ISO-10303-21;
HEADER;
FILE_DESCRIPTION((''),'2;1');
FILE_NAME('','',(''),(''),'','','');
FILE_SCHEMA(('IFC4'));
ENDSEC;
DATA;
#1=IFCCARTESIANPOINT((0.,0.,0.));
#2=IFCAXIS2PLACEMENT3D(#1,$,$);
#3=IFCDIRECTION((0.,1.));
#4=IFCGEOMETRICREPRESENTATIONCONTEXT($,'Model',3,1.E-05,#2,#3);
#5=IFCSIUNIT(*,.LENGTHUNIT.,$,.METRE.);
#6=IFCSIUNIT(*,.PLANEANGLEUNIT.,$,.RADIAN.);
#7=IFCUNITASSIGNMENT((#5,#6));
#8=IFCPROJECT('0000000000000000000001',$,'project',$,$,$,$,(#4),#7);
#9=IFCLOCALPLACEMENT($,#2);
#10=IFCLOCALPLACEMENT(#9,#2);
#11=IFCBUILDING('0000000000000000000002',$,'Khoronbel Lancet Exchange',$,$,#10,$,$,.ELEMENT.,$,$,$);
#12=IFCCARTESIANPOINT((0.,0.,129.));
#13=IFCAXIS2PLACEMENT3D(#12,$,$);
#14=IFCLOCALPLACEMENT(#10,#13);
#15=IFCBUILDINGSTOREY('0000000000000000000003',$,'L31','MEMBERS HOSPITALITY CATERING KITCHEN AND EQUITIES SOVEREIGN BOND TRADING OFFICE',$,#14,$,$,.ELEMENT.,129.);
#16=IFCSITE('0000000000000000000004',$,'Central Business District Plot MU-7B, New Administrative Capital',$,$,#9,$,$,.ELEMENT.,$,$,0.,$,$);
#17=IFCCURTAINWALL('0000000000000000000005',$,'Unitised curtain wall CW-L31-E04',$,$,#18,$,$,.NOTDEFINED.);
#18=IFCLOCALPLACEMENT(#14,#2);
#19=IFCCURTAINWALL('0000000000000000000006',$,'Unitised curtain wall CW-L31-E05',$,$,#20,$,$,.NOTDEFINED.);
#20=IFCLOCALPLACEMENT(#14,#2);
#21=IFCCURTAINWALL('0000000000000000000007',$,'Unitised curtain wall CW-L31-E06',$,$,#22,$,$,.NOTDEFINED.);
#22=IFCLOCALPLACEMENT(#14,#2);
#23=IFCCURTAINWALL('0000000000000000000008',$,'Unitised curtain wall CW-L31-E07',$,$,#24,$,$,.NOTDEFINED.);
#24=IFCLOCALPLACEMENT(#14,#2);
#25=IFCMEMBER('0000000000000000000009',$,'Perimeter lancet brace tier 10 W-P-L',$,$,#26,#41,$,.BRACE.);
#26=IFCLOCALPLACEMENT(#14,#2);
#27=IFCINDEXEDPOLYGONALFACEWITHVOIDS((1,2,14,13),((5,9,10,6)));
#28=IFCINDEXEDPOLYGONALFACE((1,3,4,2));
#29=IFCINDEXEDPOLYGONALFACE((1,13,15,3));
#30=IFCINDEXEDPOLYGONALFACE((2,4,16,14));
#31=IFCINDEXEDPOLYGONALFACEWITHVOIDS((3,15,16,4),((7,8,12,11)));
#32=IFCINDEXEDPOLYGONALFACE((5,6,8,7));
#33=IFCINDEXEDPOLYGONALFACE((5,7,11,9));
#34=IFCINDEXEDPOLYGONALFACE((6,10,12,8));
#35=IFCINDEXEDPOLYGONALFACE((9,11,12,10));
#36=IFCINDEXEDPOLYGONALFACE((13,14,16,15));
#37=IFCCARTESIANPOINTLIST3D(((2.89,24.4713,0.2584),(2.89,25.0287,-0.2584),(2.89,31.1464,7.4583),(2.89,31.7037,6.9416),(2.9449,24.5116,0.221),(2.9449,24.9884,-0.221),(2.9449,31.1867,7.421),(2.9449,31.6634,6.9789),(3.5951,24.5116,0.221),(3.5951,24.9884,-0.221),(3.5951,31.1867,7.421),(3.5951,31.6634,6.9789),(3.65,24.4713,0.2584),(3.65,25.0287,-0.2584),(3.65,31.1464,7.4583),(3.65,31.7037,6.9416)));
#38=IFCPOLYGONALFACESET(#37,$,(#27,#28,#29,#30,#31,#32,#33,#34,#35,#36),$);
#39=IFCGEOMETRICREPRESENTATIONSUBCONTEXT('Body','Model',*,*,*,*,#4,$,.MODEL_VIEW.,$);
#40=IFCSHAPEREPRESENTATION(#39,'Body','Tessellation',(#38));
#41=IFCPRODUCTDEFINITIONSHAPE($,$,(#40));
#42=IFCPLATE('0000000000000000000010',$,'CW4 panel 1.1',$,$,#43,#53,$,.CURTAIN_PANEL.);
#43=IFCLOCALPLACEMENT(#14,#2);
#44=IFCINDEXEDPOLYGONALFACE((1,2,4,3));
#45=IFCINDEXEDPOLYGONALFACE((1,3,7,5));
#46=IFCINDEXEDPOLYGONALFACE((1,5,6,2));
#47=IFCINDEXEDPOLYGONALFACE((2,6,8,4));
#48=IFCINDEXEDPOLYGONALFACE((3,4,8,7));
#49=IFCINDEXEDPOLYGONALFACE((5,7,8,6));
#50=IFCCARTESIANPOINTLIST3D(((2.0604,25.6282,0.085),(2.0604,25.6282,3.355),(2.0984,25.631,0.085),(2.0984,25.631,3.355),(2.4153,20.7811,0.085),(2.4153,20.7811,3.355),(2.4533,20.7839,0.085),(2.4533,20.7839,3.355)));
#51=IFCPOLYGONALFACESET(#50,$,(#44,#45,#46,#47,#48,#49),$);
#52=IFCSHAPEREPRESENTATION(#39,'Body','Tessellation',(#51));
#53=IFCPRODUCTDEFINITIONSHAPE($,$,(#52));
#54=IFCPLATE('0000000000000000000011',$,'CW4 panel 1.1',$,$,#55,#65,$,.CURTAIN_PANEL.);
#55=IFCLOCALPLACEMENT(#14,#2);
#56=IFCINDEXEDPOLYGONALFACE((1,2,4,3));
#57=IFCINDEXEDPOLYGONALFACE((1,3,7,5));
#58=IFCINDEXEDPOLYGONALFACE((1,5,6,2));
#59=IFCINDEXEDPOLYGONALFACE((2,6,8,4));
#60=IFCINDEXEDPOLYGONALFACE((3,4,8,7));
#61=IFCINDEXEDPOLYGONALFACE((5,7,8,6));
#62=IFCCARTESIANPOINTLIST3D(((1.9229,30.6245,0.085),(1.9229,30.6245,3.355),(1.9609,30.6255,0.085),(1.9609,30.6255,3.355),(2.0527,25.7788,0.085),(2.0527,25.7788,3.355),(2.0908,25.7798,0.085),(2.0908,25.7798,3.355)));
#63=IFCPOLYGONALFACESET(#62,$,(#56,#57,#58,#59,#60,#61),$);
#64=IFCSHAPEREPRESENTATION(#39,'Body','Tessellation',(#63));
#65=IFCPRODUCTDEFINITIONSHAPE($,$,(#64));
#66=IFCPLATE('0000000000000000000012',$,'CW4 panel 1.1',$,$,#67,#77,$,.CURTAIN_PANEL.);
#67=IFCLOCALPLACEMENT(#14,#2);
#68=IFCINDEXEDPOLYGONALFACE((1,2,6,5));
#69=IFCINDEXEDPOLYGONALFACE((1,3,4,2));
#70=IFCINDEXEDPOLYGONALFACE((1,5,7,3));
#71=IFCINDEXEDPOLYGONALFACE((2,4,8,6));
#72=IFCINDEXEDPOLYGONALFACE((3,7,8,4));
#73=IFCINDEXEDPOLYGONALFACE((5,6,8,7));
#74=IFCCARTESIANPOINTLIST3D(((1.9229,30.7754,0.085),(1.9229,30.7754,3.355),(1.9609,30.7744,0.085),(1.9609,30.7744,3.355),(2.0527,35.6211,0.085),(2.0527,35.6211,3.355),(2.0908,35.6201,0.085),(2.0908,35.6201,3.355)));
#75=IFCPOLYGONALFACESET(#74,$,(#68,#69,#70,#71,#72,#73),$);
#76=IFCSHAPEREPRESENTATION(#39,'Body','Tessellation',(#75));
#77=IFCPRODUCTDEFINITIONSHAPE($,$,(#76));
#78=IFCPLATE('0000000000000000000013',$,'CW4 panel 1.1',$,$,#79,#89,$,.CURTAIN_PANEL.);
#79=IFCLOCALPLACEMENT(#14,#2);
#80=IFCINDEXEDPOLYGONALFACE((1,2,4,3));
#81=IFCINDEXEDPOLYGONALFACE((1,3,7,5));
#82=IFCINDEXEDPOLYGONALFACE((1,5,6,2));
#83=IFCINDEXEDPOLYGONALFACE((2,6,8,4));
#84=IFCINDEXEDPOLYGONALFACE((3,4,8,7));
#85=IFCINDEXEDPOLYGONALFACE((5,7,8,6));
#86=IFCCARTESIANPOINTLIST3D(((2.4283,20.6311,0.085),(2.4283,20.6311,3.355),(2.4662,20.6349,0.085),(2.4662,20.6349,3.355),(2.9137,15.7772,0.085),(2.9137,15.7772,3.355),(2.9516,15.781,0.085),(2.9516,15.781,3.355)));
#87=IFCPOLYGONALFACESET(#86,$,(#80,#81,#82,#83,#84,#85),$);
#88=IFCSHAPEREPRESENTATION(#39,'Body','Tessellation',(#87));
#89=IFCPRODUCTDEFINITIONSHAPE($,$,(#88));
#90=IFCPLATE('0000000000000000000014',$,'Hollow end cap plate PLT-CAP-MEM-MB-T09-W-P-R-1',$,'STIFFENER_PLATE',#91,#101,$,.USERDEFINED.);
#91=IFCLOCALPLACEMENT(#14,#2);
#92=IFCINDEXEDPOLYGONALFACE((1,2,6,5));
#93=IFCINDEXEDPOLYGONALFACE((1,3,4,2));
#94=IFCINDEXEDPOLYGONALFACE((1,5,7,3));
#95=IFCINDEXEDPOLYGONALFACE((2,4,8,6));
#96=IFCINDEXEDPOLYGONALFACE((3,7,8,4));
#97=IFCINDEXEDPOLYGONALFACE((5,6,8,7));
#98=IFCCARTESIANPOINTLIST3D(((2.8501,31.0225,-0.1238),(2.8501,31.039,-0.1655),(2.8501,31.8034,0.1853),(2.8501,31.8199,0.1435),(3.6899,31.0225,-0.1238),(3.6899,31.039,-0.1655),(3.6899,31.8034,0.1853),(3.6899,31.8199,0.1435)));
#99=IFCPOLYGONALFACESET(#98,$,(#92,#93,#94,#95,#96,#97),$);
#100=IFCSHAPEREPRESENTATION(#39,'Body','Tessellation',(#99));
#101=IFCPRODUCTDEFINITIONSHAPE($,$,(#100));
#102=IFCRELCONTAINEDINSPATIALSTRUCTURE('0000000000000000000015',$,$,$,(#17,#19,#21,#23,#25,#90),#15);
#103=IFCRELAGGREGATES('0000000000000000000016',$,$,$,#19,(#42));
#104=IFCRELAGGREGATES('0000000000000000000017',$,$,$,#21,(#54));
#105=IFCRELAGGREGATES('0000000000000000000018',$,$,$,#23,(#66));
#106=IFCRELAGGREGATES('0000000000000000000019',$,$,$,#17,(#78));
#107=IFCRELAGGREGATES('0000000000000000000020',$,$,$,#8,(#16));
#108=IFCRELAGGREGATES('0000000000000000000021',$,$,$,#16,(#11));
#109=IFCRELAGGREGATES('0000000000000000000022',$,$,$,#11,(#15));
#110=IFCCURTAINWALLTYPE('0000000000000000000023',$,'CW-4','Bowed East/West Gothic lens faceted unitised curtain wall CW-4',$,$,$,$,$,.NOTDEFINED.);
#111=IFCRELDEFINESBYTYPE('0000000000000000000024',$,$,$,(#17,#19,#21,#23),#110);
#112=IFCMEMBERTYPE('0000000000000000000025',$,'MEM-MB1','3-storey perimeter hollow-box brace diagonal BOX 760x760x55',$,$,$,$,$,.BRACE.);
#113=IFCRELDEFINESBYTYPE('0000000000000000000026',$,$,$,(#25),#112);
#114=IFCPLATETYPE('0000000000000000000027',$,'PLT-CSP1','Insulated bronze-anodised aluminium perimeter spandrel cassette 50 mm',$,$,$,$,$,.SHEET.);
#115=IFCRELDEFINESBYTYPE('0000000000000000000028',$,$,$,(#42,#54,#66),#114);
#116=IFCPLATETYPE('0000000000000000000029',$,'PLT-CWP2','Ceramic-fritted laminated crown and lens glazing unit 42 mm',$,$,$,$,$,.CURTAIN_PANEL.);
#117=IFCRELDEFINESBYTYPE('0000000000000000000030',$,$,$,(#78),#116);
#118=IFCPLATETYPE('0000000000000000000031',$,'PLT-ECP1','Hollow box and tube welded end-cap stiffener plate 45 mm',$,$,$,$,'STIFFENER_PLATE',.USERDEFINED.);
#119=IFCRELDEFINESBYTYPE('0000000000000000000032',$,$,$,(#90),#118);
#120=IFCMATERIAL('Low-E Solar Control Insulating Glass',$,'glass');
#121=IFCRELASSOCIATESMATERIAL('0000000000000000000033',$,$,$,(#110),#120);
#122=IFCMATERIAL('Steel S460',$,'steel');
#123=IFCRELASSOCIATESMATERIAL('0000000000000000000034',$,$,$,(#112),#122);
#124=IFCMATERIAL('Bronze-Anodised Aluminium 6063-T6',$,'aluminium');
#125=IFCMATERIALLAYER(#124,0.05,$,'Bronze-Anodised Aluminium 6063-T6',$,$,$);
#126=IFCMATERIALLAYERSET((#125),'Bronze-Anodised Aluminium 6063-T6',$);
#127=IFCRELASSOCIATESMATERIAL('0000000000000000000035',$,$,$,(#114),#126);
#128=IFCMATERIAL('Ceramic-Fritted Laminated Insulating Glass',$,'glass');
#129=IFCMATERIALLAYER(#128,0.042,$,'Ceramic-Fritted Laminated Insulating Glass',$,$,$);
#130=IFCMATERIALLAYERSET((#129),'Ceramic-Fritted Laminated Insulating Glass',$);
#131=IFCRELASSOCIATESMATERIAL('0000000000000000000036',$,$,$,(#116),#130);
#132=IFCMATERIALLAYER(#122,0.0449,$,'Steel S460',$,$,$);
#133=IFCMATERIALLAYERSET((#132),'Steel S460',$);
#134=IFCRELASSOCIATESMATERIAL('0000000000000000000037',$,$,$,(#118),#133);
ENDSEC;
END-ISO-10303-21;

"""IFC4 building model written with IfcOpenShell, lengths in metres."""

from ifc_helpers import new_model, si_unit, direction, frame, origin, origin_2d, place, context, subcontext, project, spatial, polyline, rectangle, hollow_rectangle, outline, extrude, material, layer, layer_set, material_profile, profile_set, type_object, element, aggregate, save


model = new_model("IFC4")

# Units and contexts
model_context = context("Model", 3, precision=1e-05, world=origin(), true_north=direction((0.0, 1.0)))
body_context = subcontext(model_context, "Body", "Model", "MODEL_VIEW")
ifc_project = project(units=[si_unit("LENGTHUNIT", "METRE"), si_unit("PLANEANGLEUNIT", "RADIAN")], contexts=[model_context])

# Site, building, storey
site_placement = place(None, origin())
site = spatial("IfcSite", under=ifc_project, at=site_placement, Name="Central Business District Plot MU-7B, New Administrative Capital", CompositionType="ELEMENT", RefElevation=0.0)
building_placement = place(site_placement, origin())
building = spatial("IfcBuilding", under=site, at=building_placement, Name="Khoronbel Lancet Exchange", CompositionType="ELEMENT")
storey_placement = place(building_placement, frame((0.0, 0.0, 129.0)))
storey = spatial("IfcBuildingStorey", under=building, at=storey_placement, Name="L31", Description="MEMBERS HOSPITALITY CATERING KITCHEN AND EQUITIES SOVEREIGN BOND TRADING OFFICE", CompositionType="ELEMENT", Elevation=129.0)

# Curtain walls
ifc_material_1 = material(Name="Low-E Solar Control Insulating Glass", Category="glass")
curtain_wall_type = type_object("IfcCurtainWallType", Name="CW-4", Description="Bowed East/West Gothic lens faceted unitised curtain wall CW-4", PredefinedType="NOTDEFINED", material=ifc_material_1)
curtain_wall_1_placement = place(storey_placement, origin())
curtain_wall_1 = element("IfcCurtainWall", 1, at=curtain_wall_1_placement, inside=storey, type_object=curtain_wall_type, Name="Unitised curtain wall CW-L31-E04", PredefinedType="NOTDEFINED")
ifc_material_2 = material(Name="Bronze-Anodised Aluminium 6063-T6", Category="aluminium")
curtain_wall_2_placement = place(storey_placement, origin())
curtain_wall_2 = element("IfcCurtainWall", 2, at=curtain_wall_2_placement, inside=storey, type_object=curtain_wall_type, Name="Unitised curtain wall CW-L31-E05", PredefinedType="NOTDEFINED")
curtain_wall_3_placement = place(storey_placement, origin())
curtain_wall_3 = element("IfcCurtainWall", 3, at=curtain_wall_3_placement, inside=storey, type_object=curtain_wall_type, Name="Unitised curtain wall CW-L31-E06", PredefinedType="NOTDEFINED")

# Curtain wall
curtain_wall_4_placement = place(storey_placement, origin())
curtain_wall_4 = element("IfcCurtainWall", 4, at=curtain_wall_4_placement, inside=storey, type_object=curtain_wall_type, Name="Unitised curtain wall CW-L31-E07", PredefinedType="NOTDEFINED")

# Member
ifc_material_3 = material(Name="Steel S460", Category="steel")
ifc_material_profile_1 = material_profile(ifc_material_3, hollow_rectangle(XDim=0.76, YDim=0.76, WallThickness=0.0549, at=origin_2d()), Name="BOX 760x760x55")
ifc_profile_set_1 = profile_set([ifc_material_profile_1], Name="Steel S460")
member_type_1 = type_object("IfcMemberType", Name="MEM-MB1", Description="3-storey perimeter hollow-box brace diagonal BOX 760x760x55", PredefinedType="BRACE", material=ifc_profile_set_1)
member_1_placement = place(storey_placement, frame((3.27, 24.75, 0.0), z_axis=(0.0, 0.67987, 0.733333), x_axis=(-1.0, 0.0, 0.0)))
element("IfcMember", 5, at=member_1_placement, inside=storey, type_object=member_type_1, Name="Perimeter lancet brace tier 10 W-P-L", PredefinedType="BRACE", context=body_context, shape_type="SweptSolid", body=[
    extrude(hollow_rectangle(XDim=0.76, YDim=0.76, WallThickness=0.0549, at=origin_2d()), origin(), (0.0, 0.0, 1.0), 9.8181),
])

# Plates
ifc_layer_1 = layer(ifc_material_2, 0.05, Name="Bronze-Anodised Aluminium 6063-T6")
ifc_layer_set_1 = layer_set([ifc_layer_1], Name="Bronze-Anodised Aluminium 6063-T6")
plate_type_1 = type_object("IfcPlateType", Name="PLT-CSP1", Description="Insulated bronze-anodised aluminium perimeter spandrel cassette 50 mm", PredefinedType="SHEET", material=ifc_layer_set_1)
plate_1_placement = place(storey_placement, frame((2.2568, 23.2061, 0.085), z_axis=(0.0, 0.0, 1.0), x_axis=(-0.073013, 0.997331, 0.0)))
plate_1 = element("IfcPlate", 6, at=plate_1_placement, type_object=plate_type_1, Name="CW4 panel 1.1", PredefinedType="CURTAIN_PANEL", context=body_context, shape_type="SweptSolid", body=[
    extrude(rectangle(XDim=4.8601, YDim=0.0381, at=origin_2d()), origin(), (0.0, 0.0, 1.0), 3.27),
])
aggregate(curtain_wall_2, [plate_1])
plate_2_placement = place(storey_placement, frame((2.0068, 28.2021, 0.085), z_axis=(0.0, 0.0, 1.0), x_axis=(-0.026795, 0.999641, 0.0)))
plate_2 = element("IfcPlate", 7, at=plate_2_placement, type_object=plate_type_1, Name="CW4 panel 1.1", PredefinedType="CURTAIN_PANEL", context=body_context, shape_type="SweptSolid", body=[
    extrude(rectangle(XDim=4.8474, YDim=0.0381, at=origin_2d()), origin(), (0.0, 0.0, 1.0), 3.27),
])
aggregate(curtain_wall_3, [plate_2])
plate_3_placement = place(storey_placement, frame((2.0068, 33.1978, 0.085), z_axis=(0.0, 0.0, 1.0), x_axis=(0.026795, 0.999641, 0.0)))
plate_3 = element("IfcPlate", 8, at=plate_3_placement, type_object=plate_type_1, Name="CW4 panel 1.1", PredefinedType="CURTAIN_PANEL", context=body_context, shape_type="SweptSolid", body=[
    extrude(rectangle(XDim=4.8474, YDim=0.0381, at=origin_2d()), origin(), (0.0, 0.0, 1.0), 3.27),
])
aggregate(curtain_wall_4, [plate_3])
ifc_material_4 = material(Name="Ceramic-Fritted Laminated Insulating Glass", Category="glass")
ifc_layer_2 = layer(ifc_material_4, 0.042, Name="Ceramic-Fritted Laminated Insulating Glass")
ifc_layer_set_2 = layer_set([ifc_layer_2], Name="Ceramic-Fritted Laminated Insulating Glass")
plate_type_2 = type_object("IfcPlateType", Name="PLT-CWP2", Description="Ceramic-fritted laminated crown and lens glazing unit 42 mm", PredefinedType="CURTAIN_PANEL", material=ifc_layer_set_2)
plate_4_placement = place(storey_placement, frame((2.6899, 18.2061, 0.085), z_axis=(0.0, 0.0, 1.0), x_axis=(-0.099498, 0.995038, 0.0)))
plate_4 = element("IfcPlate", 9, at=plate_4_placement, type_object=plate_type_2, Name="CW4 panel 1.1", PredefinedType="CURTAIN_PANEL", context=body_context, shape_type="SweptSolid", body=[
    extrude(rectangle(XDim=4.8782, YDim=0.0381, at=origin_2d()), origin(), (0.0, 0.0, 1.0), 3.27),
])
aggregate(curtain_wall_1, [plate_4])
ifc_layer_3 = layer(ifc_material_3, 0.0449, Name="Steel S460")
ifc_layer_set_3 = layer_set([ifc_layer_3], Name="Steel S460")
plate_type_3 = type_object("IfcPlateType", Name="PLT-ECP1", Description="Hollow box and tube welded end-cap stiffener plate 45 mm", ElementType="STIFFENER_PLATE", PredefinedType="USERDEFINED", material=ifc_layer_set_3)
plate_5_placement = place(storey_placement, frame((2.8501, 31.0225, -0.1238), z_axis=(0.0, -0.36798, 0.929834), x_axis=(1.0, 0.0, 0.0)))
element("IfcPlate", 10, at=plate_5_placement, inside=storey, type_object=plate_type_3, Name="Hollow end cap plate PLT-CAP-MEM-MB-T09-W-P-R-1", ObjectType="STIFFENER_PLATE", PredefinedType="USERDEFINED", context=body_context, shape_type="SweptSolid", body=[
    extrude(outline(polyline([(0.0, 0.0), (0.8398, 0.0), (0.8398, 0.8398), (0.0, 0.8398), (0.0, 0.0)])), origin(), (0.0, 0.0, -1.0), 0.0449),
])

save(model, "model.ifc")
